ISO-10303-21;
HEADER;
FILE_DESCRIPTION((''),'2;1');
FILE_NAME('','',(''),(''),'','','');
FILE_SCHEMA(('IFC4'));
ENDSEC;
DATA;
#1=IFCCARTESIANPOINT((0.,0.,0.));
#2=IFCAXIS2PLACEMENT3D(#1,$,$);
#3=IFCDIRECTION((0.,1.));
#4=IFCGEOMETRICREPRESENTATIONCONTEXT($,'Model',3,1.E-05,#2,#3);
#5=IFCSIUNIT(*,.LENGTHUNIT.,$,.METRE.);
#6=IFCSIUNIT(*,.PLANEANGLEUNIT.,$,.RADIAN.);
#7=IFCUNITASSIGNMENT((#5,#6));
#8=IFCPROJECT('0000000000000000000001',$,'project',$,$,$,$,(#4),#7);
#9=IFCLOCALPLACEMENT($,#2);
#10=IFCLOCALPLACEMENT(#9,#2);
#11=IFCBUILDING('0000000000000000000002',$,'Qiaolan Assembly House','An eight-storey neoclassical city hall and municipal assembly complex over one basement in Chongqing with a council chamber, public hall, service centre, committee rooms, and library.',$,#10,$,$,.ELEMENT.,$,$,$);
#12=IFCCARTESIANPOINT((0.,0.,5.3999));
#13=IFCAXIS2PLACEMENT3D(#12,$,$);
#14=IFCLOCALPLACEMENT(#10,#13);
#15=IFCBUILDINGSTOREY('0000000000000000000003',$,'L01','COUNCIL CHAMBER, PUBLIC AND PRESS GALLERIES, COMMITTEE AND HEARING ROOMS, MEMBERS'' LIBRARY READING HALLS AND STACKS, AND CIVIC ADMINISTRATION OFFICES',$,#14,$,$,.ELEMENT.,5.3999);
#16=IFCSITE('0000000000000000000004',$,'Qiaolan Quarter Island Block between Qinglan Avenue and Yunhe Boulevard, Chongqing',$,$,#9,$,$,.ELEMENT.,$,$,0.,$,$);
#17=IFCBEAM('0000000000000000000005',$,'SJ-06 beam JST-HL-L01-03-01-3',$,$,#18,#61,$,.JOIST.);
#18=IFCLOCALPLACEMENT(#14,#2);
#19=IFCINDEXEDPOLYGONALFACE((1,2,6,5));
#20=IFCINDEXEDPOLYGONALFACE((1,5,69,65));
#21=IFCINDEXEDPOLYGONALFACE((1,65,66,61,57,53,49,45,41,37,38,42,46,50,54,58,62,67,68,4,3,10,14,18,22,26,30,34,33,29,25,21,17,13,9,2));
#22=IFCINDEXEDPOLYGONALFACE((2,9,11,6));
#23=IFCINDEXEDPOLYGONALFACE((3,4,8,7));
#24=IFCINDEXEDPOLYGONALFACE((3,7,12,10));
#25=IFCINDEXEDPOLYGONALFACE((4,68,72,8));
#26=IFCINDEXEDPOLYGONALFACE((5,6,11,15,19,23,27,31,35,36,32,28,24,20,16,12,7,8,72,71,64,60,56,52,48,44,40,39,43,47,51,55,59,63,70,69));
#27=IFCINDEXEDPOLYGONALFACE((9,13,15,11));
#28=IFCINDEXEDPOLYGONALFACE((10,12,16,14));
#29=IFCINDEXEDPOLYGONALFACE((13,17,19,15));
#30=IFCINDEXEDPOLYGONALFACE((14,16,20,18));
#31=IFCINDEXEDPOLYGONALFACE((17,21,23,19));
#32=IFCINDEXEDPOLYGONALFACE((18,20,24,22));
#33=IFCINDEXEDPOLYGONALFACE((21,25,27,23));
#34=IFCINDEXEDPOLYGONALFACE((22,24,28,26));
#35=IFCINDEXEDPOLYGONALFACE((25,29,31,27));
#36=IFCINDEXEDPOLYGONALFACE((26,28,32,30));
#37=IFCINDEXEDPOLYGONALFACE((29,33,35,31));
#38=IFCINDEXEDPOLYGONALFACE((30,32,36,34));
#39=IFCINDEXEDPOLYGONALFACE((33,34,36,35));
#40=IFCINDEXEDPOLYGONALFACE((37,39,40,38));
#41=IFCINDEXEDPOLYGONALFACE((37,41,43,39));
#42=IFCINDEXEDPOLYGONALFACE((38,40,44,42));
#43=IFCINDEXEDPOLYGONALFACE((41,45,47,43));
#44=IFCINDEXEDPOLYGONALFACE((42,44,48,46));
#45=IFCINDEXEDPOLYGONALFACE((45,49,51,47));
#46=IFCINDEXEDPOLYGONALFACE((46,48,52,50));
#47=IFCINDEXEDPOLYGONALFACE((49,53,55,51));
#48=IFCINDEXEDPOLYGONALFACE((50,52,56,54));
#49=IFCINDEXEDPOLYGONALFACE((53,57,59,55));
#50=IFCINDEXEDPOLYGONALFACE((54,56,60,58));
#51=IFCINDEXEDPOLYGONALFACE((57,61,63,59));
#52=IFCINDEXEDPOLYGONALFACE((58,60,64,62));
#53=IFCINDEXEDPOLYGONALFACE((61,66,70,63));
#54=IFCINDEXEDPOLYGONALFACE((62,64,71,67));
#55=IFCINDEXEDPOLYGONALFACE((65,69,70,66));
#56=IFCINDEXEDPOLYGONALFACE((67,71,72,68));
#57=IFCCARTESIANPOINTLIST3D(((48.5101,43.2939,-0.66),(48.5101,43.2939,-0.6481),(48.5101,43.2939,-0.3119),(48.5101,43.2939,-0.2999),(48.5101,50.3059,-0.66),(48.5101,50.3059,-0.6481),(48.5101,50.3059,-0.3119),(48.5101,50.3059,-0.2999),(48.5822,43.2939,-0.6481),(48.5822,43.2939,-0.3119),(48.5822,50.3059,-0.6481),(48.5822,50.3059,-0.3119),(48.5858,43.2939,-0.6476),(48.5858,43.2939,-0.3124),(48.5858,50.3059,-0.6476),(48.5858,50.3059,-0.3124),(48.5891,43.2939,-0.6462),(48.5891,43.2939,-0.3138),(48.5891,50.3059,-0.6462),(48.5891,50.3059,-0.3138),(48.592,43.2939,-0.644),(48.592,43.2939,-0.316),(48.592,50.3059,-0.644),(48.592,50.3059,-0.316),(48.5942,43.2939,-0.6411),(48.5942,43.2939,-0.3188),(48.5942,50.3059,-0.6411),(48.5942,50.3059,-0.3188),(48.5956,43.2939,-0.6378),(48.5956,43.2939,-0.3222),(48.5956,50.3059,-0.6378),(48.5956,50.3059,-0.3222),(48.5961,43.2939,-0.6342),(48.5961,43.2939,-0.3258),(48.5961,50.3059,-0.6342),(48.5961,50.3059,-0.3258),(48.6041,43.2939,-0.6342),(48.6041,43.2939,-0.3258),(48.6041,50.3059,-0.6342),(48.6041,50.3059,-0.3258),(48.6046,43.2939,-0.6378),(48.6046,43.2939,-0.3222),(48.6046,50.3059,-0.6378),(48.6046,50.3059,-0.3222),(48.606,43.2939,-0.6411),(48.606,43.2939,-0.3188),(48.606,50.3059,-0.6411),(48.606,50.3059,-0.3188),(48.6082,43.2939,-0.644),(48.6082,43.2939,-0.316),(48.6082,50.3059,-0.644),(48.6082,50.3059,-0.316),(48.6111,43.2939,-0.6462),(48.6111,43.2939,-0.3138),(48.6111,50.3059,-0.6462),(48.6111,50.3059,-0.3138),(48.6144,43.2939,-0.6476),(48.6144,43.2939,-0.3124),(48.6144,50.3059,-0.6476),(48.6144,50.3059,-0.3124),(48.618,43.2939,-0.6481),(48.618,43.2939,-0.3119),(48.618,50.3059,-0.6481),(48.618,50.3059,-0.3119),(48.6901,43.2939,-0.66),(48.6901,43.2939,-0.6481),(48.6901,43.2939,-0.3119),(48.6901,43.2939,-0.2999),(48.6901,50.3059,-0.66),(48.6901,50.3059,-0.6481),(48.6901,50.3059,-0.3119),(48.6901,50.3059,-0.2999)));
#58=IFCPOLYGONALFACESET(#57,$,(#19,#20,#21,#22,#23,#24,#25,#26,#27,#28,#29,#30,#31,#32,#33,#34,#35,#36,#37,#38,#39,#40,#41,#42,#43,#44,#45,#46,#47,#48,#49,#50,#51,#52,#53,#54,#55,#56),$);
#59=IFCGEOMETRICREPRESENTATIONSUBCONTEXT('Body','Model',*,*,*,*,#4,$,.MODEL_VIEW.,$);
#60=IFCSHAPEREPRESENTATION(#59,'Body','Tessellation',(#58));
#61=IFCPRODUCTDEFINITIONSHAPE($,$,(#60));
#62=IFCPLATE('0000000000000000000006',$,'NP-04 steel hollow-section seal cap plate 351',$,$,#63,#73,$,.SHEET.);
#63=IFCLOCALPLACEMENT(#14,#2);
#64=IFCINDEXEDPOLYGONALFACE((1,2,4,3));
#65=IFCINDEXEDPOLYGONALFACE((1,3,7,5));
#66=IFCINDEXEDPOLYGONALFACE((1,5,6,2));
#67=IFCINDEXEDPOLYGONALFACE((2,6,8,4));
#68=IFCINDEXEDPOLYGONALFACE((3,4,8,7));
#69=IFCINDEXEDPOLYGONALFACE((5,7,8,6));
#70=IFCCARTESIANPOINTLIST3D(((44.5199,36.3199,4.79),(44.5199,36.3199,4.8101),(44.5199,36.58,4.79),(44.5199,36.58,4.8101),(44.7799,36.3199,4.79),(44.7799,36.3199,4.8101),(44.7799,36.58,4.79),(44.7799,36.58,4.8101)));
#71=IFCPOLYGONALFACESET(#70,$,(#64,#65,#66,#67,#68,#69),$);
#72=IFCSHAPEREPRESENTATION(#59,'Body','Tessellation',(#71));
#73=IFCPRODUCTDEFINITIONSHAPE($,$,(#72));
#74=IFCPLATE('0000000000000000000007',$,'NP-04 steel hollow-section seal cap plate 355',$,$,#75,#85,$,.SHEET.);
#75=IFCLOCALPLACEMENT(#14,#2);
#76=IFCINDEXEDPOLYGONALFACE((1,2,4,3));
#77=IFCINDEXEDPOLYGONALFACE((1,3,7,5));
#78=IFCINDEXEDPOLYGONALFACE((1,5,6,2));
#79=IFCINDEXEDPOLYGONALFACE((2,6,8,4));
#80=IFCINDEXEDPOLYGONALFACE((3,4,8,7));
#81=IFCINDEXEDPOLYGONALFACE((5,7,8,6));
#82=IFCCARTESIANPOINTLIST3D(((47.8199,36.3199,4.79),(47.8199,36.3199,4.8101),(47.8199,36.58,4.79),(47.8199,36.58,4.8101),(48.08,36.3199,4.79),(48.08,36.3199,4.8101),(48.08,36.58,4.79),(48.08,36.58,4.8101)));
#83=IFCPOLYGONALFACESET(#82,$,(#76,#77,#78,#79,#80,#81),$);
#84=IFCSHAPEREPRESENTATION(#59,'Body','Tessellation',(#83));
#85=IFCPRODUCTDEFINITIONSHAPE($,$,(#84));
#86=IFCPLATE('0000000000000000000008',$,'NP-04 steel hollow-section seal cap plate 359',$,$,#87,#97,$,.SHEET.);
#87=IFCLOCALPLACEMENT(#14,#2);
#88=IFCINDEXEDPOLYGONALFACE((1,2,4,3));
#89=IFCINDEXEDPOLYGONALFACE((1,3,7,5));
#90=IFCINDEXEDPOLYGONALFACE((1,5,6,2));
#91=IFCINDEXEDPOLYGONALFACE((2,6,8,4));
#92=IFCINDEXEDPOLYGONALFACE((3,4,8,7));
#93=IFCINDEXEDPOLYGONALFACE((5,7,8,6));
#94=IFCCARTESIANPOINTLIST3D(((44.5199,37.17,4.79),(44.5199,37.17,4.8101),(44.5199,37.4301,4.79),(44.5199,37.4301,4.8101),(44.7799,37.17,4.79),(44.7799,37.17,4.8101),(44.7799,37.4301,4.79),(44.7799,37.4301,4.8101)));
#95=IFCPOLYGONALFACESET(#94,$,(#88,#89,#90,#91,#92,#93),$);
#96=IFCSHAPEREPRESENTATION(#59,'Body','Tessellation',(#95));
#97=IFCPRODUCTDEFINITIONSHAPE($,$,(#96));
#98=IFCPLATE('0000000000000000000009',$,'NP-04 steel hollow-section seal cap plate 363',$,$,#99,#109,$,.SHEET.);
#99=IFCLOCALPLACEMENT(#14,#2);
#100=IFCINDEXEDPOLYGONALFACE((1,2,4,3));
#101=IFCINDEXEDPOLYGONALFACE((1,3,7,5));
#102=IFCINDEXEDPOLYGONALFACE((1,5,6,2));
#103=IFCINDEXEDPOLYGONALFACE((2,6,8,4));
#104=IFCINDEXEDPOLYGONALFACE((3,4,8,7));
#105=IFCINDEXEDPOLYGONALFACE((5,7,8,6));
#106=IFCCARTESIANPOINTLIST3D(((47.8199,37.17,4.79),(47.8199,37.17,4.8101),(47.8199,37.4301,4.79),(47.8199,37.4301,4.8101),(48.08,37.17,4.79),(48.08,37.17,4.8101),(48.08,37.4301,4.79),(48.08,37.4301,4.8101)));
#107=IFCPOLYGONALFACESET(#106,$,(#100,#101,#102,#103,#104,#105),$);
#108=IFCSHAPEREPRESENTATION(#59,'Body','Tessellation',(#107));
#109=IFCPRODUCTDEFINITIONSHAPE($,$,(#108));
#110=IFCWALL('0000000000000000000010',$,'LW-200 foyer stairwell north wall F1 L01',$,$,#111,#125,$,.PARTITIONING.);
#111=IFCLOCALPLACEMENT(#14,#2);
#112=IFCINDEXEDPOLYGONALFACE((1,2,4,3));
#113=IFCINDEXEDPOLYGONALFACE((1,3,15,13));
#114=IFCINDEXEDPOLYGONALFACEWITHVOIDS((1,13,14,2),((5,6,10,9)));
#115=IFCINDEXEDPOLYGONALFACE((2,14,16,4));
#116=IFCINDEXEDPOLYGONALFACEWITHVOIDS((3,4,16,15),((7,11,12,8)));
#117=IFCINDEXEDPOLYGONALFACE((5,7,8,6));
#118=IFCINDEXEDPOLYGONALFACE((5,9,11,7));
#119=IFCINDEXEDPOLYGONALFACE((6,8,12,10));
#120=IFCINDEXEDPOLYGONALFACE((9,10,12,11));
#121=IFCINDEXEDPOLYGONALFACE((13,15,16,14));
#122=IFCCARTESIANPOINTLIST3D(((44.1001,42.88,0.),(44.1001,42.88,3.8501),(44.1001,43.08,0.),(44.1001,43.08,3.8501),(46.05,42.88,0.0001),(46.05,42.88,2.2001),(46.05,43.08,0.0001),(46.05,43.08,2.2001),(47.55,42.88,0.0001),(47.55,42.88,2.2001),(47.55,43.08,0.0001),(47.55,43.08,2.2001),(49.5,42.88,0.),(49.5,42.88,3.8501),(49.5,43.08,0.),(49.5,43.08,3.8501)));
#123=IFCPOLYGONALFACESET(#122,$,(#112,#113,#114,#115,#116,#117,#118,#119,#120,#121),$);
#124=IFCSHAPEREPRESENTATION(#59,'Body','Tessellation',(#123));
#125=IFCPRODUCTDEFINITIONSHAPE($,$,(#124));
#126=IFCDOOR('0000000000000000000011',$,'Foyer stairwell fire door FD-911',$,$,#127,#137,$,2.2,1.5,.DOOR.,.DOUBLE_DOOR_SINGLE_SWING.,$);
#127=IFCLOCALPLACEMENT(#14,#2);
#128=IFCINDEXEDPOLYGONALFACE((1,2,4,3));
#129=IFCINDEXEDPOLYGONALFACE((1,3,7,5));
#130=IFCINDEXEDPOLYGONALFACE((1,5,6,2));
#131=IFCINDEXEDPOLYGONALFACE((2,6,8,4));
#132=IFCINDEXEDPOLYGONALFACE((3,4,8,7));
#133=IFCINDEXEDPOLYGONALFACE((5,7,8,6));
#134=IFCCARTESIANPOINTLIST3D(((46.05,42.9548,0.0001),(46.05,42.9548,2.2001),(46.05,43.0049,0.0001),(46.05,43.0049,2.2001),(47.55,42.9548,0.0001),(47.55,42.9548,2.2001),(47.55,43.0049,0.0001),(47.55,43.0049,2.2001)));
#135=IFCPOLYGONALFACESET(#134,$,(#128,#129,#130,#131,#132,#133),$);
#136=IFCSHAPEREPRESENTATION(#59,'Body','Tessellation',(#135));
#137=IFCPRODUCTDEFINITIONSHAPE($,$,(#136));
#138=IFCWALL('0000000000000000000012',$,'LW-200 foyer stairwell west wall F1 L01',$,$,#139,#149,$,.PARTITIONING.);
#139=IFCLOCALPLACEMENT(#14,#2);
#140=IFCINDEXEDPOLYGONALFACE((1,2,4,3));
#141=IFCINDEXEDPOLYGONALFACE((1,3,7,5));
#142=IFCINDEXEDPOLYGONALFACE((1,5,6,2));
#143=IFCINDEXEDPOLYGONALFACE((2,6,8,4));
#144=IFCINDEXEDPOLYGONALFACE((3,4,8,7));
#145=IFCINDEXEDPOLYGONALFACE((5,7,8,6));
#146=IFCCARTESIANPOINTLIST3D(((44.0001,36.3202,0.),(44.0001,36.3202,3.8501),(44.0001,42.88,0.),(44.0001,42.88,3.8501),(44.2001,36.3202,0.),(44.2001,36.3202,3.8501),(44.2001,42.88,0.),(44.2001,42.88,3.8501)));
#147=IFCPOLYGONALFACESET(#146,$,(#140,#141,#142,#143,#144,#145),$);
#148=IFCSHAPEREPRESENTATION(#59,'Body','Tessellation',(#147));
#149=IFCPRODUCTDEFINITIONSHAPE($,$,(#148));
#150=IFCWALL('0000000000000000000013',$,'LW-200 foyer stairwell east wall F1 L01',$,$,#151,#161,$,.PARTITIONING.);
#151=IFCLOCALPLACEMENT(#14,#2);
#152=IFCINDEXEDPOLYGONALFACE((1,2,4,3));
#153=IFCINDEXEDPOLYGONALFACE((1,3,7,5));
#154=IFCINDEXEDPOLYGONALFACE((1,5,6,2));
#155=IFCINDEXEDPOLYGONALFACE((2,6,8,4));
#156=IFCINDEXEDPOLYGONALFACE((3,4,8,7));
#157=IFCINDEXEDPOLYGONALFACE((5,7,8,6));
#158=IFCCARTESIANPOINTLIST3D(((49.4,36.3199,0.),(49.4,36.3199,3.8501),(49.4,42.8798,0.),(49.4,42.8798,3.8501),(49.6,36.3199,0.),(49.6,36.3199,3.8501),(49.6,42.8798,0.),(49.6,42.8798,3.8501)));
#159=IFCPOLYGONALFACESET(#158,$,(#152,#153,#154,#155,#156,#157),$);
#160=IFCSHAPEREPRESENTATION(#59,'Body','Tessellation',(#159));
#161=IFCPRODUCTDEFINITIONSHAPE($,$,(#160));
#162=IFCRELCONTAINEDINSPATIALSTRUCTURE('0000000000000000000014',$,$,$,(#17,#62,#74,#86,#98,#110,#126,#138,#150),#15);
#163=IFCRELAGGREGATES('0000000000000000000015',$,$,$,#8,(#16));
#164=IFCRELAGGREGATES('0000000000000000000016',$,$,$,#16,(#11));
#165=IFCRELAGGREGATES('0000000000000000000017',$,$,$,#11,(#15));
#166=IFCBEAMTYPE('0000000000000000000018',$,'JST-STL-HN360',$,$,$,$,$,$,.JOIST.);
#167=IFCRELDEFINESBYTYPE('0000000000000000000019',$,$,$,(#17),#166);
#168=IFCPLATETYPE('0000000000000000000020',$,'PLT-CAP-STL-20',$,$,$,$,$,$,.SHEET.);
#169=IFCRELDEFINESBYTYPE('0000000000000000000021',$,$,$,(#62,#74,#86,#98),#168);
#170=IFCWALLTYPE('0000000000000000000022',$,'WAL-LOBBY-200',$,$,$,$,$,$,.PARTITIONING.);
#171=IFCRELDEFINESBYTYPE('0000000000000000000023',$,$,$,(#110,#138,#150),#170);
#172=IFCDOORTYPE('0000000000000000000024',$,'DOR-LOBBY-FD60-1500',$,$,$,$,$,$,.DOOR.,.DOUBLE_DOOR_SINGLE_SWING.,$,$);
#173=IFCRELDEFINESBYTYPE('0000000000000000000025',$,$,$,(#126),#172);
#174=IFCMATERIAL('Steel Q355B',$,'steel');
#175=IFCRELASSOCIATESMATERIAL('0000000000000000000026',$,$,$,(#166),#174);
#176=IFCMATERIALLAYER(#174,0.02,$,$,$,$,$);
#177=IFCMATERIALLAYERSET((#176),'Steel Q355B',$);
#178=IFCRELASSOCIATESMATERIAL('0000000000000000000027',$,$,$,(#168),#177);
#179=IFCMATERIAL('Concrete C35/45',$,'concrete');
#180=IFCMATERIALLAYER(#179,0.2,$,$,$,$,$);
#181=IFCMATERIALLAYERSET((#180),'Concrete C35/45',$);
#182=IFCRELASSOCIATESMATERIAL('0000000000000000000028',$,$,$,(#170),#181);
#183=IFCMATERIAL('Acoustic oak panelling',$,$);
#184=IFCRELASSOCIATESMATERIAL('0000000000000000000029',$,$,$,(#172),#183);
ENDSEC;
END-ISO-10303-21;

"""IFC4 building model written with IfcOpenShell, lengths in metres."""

from ifc_helpers import new_model, si_unit, direction, frame, frame_2d, origin, origin_2d, place, context, subcontext, project, spatial, rectangle, i_section, extrude, material, layer, layer_set, material_profile, profile_set, type_object, element, fill, save


model = new_model("IFC4")

# Units and contexts
model_context = context("Model", 3, precision=1e-05, world=origin(), true_north=direction((0.0, 1.0)))
body_context = subcontext(model_context, "Body", "Model", "MODEL_VIEW")
ifc_project = project(units=[si_unit("LENGTHUNIT", "METRE"), si_unit("PLANEANGLEUNIT", "RADIAN")], contexts=[model_context])

# Site, building, storey
site_placement = place(None, origin())
site = spatial("IfcSite", under=ifc_project, at=site_placement, Name="Qiaolan Quarter Island Block between Qinglan Avenue and Yunhe Boulevard, Chongqing", CompositionType="ELEMENT", RefElevation=0.0)
building_placement = place(site_placement, origin())
building = spatial("IfcBuilding", under=site, at=building_placement, Name="Qiaolan Assembly House", Description="An eight-storey neoclassical city hall and municipal assembly complex over one basement in Chongqing with a council chamber, public hall, service centre, committee rooms, and library.", CompositionType="ELEMENT")
storey_placement = place(building_placement, frame((0.0, 0.0, 5.3999)))
storey = spatial("IfcBuildingStorey", under=building, at=storey_placement, Name="L01", Description="COUNCIL CHAMBER, PUBLIC AND PRESS GALLERIES, COMMITTEE AND HEARING ROOMS, MEMBERS' LIBRARY READING HALLS AND STACKS, AND CIVIC ADMINISTRATION OFFICES", CompositionType="ELEMENT", Elevation=5.3999)

# Shared definitions
ifc_material_1 = material(Name="Steel Q355B", Category="steel")

# Beam
ifc_material_profile_1 = material_profile(ifc_material_1, i_section(OverallWidth=0.1799, OverallDepth=0.3601, WebThickness=0.0081, FlangeThickness=0.012, FilletRadius=0.0139, at=origin_2d()), Name="HN 360x180x8x12")
ifc_profile_set_1 = profile_set([ifc_material_profile_1], Name="Steel Q355B")
beam_type = type_object("IfcBeamType", Name="JST-STL-HN360", PredefinedType="JOIST", material=ifc_profile_set_1)
for number, where, z_axis, x_axis, name in (
    (1, (48.6001, 43.2939, -0.48), (0.0, 1.0, 0.0), (-1.0, 0.0, 0.0), "SJ-06 beam JST-HL-L01-03-01-3"),
):
    element("IfcBeam", number, at=place(storey_placement, frame(where, z_axis=z_axis, x_axis=x_axis)), inside=storey, type_object=beam_type, Name=name, PredefinedType="JOIST", context=body_context, shape_type="SweptSolid", body=[
        extrude(i_section(OverallWidth=0.1799, OverallDepth=0.3601, WebThickness=0.0081, FlangeThickness=0.012, FilletRadius=0.0139, at=origin_2d()), origin(), (0.0, 0.0, 1.0), 7.012),
    ])

# Plates
ifc_layer_1 = layer(ifc_material_1, 0.02)
ifc_layer_set_1 = layer_set([ifc_layer_1], Name="Steel Q355B")
plate_type = type_object("IfcPlateType", Name="PLT-CAP-STL-20", PredefinedType="SHEET", material=ifc_layer_set_1)
for number, where, z_axis, x_axis, name in (
    (2, (44.6499, 36.45, 4.79), (0.0, 0.0, 1.0), (1.0, 0.0, 0.0), "NP-04 steel hollow-section seal cap plate 351"),
    (3, (47.95, 36.45, 4.79), (0.0, 0.0, 1.0), (1.0, 0.0, 0.0), "NP-04 steel hollow-section seal cap plate 355"),
    (4, (44.6499, 37.3, 4.79), (0.0, 0.0, 1.0), (1.0, 0.0, 0.0), "NP-04 steel hollow-section seal cap plate 359"),
    (5, (47.95, 37.3, 4.79), (0.0, 0.0, 1.0), (1.0, 0.0, 0.0), "NP-04 steel hollow-section seal cap plate 363"),
):
    element("IfcPlate", number, at=place(storey_placement, frame(where, z_axis=z_axis, x_axis=x_axis)), inside=storey, type_object=plate_type, Name=name, PredefinedType="SHEET", context=body_context, shape_type="SweptSolid", body=[
        extrude(rectangle(XDim=0.26, YDim=0.26, at=origin_2d()), origin(), (0.0, 0.0, 1.0), 0.02),
    ])

# Wall, opening, door
ifc_material_2 = material(Name="Concrete C35/45", Category="concrete")
ifc_layer_2 = layer(ifc_material_2, 0.2)
ifc_layer_set_2 = layer_set([ifc_layer_2], Name="Concrete C35/45")
wall_type = type_object("IfcWallType", Name="WAL-LOBBY-200", PredefinedType="PARTITIONING", material=ifc_layer_set_2)
wall_placement = place(storey_placement, frame((44.1001, 42.98, 0.0), z_axis=(0.0, 0.0, 1.0), x_axis=(1.0, 0.0, 0.0)))
wall = element("IfcWall", 6, at=wall_placement, inside=storey, type_object=wall_type, Name="LW-200 foyer stairwell north wall F1 L01", PredefinedType="PARTITIONING", context=body_context, shape_type="SweptSolid", body=[
    extrude(rectangle(XDim=5.3999, YDim=0.2, at=frame_2d((2.7, 0.0))), origin(), (0.0, 0.0, 1.0), 3.8501),
])
opening_placement = place(wall_placement, frame((1.95, 0.0, 0.0)))
opening = element("IfcOpeningElement", 7, at=opening_placement, cuts=wall, PredefinedType="OPENING", context=body_context, shape_type="SweptSolid", body=[
    extrude(rectangle(XDim=1.5, YDim=2.2, at=frame_2d((0.75, 1.1001))), frame((0.0, 0.1099, 0.0), z_axis=(0.0, -1.0, 0.0), x_axis=(1.0, 0.0, 0.0)), (0.0, 0.0, 1.0), 0.22),
])
ifc_material_3 = material(Name="Acoustic oak panelling")
door_type = type_object("IfcDoorType", Name="DOR-LOBBY-FD60-1500", OperationType="DOUBLE_DOOR_SINGLE_SWING", PredefinedType="DOOR", material=ifc_material_3)
door_placement = place(opening_placement, origin())
door = element("IfcDoor", 8, at=door_placement, inside=storey, type_object=door_type, Name="Foyer stairwell fire door FD-911", OperationType="DOUBLE_DOOR_SINGLE_SWING", OverallHeight=2.2, OverallWidth=1.5, PredefinedType="DOOR", context=body_context, shape_type="SweptSolid", body=[
    extrude(rectangle(XDim=1.5, YDim=2.2, at=frame_2d((0.75, 1.1001))), frame((0.0, 0.0249, 0.0), z_axis=(0.0, -1.0, 0.0), x_axis=(1.0, 0.0, 0.0)), (0.0, 0.0, 1.0), 0.05),
])
fill(opening, door)

# Walls
for number, where, z_axis, x_axis, name in (
    (9, (44.1001, 42.8799, 0.0), (0.0, 0.0, 1.0), (0.0, -1.0, 0.0), "LW-200 foyer stairwell west wall F1 L01"),
    (10, (49.5, 36.3201, 0.0), (0.0, 0.0, 1.0), (0.0, 1.0, 0.0), "LW-200 foyer stairwell east wall F1 L01"),
):
    element("IfcWall", number, at=place(storey_placement, frame(where, z_axis=z_axis, x_axis=x_axis)), inside=storey, type_object=wall_type, Name=name, PredefinedType="PARTITIONING", context=body_context, shape_type="SweptSolid", body=[
        extrude(rectangle(XDim=6.5598, YDim=0.2, at=frame_2d((3.2798, 0.0))), origin(), (0.0, 0.0, 1.0), 3.8501),
    ])

save(model, "model.ifc")
